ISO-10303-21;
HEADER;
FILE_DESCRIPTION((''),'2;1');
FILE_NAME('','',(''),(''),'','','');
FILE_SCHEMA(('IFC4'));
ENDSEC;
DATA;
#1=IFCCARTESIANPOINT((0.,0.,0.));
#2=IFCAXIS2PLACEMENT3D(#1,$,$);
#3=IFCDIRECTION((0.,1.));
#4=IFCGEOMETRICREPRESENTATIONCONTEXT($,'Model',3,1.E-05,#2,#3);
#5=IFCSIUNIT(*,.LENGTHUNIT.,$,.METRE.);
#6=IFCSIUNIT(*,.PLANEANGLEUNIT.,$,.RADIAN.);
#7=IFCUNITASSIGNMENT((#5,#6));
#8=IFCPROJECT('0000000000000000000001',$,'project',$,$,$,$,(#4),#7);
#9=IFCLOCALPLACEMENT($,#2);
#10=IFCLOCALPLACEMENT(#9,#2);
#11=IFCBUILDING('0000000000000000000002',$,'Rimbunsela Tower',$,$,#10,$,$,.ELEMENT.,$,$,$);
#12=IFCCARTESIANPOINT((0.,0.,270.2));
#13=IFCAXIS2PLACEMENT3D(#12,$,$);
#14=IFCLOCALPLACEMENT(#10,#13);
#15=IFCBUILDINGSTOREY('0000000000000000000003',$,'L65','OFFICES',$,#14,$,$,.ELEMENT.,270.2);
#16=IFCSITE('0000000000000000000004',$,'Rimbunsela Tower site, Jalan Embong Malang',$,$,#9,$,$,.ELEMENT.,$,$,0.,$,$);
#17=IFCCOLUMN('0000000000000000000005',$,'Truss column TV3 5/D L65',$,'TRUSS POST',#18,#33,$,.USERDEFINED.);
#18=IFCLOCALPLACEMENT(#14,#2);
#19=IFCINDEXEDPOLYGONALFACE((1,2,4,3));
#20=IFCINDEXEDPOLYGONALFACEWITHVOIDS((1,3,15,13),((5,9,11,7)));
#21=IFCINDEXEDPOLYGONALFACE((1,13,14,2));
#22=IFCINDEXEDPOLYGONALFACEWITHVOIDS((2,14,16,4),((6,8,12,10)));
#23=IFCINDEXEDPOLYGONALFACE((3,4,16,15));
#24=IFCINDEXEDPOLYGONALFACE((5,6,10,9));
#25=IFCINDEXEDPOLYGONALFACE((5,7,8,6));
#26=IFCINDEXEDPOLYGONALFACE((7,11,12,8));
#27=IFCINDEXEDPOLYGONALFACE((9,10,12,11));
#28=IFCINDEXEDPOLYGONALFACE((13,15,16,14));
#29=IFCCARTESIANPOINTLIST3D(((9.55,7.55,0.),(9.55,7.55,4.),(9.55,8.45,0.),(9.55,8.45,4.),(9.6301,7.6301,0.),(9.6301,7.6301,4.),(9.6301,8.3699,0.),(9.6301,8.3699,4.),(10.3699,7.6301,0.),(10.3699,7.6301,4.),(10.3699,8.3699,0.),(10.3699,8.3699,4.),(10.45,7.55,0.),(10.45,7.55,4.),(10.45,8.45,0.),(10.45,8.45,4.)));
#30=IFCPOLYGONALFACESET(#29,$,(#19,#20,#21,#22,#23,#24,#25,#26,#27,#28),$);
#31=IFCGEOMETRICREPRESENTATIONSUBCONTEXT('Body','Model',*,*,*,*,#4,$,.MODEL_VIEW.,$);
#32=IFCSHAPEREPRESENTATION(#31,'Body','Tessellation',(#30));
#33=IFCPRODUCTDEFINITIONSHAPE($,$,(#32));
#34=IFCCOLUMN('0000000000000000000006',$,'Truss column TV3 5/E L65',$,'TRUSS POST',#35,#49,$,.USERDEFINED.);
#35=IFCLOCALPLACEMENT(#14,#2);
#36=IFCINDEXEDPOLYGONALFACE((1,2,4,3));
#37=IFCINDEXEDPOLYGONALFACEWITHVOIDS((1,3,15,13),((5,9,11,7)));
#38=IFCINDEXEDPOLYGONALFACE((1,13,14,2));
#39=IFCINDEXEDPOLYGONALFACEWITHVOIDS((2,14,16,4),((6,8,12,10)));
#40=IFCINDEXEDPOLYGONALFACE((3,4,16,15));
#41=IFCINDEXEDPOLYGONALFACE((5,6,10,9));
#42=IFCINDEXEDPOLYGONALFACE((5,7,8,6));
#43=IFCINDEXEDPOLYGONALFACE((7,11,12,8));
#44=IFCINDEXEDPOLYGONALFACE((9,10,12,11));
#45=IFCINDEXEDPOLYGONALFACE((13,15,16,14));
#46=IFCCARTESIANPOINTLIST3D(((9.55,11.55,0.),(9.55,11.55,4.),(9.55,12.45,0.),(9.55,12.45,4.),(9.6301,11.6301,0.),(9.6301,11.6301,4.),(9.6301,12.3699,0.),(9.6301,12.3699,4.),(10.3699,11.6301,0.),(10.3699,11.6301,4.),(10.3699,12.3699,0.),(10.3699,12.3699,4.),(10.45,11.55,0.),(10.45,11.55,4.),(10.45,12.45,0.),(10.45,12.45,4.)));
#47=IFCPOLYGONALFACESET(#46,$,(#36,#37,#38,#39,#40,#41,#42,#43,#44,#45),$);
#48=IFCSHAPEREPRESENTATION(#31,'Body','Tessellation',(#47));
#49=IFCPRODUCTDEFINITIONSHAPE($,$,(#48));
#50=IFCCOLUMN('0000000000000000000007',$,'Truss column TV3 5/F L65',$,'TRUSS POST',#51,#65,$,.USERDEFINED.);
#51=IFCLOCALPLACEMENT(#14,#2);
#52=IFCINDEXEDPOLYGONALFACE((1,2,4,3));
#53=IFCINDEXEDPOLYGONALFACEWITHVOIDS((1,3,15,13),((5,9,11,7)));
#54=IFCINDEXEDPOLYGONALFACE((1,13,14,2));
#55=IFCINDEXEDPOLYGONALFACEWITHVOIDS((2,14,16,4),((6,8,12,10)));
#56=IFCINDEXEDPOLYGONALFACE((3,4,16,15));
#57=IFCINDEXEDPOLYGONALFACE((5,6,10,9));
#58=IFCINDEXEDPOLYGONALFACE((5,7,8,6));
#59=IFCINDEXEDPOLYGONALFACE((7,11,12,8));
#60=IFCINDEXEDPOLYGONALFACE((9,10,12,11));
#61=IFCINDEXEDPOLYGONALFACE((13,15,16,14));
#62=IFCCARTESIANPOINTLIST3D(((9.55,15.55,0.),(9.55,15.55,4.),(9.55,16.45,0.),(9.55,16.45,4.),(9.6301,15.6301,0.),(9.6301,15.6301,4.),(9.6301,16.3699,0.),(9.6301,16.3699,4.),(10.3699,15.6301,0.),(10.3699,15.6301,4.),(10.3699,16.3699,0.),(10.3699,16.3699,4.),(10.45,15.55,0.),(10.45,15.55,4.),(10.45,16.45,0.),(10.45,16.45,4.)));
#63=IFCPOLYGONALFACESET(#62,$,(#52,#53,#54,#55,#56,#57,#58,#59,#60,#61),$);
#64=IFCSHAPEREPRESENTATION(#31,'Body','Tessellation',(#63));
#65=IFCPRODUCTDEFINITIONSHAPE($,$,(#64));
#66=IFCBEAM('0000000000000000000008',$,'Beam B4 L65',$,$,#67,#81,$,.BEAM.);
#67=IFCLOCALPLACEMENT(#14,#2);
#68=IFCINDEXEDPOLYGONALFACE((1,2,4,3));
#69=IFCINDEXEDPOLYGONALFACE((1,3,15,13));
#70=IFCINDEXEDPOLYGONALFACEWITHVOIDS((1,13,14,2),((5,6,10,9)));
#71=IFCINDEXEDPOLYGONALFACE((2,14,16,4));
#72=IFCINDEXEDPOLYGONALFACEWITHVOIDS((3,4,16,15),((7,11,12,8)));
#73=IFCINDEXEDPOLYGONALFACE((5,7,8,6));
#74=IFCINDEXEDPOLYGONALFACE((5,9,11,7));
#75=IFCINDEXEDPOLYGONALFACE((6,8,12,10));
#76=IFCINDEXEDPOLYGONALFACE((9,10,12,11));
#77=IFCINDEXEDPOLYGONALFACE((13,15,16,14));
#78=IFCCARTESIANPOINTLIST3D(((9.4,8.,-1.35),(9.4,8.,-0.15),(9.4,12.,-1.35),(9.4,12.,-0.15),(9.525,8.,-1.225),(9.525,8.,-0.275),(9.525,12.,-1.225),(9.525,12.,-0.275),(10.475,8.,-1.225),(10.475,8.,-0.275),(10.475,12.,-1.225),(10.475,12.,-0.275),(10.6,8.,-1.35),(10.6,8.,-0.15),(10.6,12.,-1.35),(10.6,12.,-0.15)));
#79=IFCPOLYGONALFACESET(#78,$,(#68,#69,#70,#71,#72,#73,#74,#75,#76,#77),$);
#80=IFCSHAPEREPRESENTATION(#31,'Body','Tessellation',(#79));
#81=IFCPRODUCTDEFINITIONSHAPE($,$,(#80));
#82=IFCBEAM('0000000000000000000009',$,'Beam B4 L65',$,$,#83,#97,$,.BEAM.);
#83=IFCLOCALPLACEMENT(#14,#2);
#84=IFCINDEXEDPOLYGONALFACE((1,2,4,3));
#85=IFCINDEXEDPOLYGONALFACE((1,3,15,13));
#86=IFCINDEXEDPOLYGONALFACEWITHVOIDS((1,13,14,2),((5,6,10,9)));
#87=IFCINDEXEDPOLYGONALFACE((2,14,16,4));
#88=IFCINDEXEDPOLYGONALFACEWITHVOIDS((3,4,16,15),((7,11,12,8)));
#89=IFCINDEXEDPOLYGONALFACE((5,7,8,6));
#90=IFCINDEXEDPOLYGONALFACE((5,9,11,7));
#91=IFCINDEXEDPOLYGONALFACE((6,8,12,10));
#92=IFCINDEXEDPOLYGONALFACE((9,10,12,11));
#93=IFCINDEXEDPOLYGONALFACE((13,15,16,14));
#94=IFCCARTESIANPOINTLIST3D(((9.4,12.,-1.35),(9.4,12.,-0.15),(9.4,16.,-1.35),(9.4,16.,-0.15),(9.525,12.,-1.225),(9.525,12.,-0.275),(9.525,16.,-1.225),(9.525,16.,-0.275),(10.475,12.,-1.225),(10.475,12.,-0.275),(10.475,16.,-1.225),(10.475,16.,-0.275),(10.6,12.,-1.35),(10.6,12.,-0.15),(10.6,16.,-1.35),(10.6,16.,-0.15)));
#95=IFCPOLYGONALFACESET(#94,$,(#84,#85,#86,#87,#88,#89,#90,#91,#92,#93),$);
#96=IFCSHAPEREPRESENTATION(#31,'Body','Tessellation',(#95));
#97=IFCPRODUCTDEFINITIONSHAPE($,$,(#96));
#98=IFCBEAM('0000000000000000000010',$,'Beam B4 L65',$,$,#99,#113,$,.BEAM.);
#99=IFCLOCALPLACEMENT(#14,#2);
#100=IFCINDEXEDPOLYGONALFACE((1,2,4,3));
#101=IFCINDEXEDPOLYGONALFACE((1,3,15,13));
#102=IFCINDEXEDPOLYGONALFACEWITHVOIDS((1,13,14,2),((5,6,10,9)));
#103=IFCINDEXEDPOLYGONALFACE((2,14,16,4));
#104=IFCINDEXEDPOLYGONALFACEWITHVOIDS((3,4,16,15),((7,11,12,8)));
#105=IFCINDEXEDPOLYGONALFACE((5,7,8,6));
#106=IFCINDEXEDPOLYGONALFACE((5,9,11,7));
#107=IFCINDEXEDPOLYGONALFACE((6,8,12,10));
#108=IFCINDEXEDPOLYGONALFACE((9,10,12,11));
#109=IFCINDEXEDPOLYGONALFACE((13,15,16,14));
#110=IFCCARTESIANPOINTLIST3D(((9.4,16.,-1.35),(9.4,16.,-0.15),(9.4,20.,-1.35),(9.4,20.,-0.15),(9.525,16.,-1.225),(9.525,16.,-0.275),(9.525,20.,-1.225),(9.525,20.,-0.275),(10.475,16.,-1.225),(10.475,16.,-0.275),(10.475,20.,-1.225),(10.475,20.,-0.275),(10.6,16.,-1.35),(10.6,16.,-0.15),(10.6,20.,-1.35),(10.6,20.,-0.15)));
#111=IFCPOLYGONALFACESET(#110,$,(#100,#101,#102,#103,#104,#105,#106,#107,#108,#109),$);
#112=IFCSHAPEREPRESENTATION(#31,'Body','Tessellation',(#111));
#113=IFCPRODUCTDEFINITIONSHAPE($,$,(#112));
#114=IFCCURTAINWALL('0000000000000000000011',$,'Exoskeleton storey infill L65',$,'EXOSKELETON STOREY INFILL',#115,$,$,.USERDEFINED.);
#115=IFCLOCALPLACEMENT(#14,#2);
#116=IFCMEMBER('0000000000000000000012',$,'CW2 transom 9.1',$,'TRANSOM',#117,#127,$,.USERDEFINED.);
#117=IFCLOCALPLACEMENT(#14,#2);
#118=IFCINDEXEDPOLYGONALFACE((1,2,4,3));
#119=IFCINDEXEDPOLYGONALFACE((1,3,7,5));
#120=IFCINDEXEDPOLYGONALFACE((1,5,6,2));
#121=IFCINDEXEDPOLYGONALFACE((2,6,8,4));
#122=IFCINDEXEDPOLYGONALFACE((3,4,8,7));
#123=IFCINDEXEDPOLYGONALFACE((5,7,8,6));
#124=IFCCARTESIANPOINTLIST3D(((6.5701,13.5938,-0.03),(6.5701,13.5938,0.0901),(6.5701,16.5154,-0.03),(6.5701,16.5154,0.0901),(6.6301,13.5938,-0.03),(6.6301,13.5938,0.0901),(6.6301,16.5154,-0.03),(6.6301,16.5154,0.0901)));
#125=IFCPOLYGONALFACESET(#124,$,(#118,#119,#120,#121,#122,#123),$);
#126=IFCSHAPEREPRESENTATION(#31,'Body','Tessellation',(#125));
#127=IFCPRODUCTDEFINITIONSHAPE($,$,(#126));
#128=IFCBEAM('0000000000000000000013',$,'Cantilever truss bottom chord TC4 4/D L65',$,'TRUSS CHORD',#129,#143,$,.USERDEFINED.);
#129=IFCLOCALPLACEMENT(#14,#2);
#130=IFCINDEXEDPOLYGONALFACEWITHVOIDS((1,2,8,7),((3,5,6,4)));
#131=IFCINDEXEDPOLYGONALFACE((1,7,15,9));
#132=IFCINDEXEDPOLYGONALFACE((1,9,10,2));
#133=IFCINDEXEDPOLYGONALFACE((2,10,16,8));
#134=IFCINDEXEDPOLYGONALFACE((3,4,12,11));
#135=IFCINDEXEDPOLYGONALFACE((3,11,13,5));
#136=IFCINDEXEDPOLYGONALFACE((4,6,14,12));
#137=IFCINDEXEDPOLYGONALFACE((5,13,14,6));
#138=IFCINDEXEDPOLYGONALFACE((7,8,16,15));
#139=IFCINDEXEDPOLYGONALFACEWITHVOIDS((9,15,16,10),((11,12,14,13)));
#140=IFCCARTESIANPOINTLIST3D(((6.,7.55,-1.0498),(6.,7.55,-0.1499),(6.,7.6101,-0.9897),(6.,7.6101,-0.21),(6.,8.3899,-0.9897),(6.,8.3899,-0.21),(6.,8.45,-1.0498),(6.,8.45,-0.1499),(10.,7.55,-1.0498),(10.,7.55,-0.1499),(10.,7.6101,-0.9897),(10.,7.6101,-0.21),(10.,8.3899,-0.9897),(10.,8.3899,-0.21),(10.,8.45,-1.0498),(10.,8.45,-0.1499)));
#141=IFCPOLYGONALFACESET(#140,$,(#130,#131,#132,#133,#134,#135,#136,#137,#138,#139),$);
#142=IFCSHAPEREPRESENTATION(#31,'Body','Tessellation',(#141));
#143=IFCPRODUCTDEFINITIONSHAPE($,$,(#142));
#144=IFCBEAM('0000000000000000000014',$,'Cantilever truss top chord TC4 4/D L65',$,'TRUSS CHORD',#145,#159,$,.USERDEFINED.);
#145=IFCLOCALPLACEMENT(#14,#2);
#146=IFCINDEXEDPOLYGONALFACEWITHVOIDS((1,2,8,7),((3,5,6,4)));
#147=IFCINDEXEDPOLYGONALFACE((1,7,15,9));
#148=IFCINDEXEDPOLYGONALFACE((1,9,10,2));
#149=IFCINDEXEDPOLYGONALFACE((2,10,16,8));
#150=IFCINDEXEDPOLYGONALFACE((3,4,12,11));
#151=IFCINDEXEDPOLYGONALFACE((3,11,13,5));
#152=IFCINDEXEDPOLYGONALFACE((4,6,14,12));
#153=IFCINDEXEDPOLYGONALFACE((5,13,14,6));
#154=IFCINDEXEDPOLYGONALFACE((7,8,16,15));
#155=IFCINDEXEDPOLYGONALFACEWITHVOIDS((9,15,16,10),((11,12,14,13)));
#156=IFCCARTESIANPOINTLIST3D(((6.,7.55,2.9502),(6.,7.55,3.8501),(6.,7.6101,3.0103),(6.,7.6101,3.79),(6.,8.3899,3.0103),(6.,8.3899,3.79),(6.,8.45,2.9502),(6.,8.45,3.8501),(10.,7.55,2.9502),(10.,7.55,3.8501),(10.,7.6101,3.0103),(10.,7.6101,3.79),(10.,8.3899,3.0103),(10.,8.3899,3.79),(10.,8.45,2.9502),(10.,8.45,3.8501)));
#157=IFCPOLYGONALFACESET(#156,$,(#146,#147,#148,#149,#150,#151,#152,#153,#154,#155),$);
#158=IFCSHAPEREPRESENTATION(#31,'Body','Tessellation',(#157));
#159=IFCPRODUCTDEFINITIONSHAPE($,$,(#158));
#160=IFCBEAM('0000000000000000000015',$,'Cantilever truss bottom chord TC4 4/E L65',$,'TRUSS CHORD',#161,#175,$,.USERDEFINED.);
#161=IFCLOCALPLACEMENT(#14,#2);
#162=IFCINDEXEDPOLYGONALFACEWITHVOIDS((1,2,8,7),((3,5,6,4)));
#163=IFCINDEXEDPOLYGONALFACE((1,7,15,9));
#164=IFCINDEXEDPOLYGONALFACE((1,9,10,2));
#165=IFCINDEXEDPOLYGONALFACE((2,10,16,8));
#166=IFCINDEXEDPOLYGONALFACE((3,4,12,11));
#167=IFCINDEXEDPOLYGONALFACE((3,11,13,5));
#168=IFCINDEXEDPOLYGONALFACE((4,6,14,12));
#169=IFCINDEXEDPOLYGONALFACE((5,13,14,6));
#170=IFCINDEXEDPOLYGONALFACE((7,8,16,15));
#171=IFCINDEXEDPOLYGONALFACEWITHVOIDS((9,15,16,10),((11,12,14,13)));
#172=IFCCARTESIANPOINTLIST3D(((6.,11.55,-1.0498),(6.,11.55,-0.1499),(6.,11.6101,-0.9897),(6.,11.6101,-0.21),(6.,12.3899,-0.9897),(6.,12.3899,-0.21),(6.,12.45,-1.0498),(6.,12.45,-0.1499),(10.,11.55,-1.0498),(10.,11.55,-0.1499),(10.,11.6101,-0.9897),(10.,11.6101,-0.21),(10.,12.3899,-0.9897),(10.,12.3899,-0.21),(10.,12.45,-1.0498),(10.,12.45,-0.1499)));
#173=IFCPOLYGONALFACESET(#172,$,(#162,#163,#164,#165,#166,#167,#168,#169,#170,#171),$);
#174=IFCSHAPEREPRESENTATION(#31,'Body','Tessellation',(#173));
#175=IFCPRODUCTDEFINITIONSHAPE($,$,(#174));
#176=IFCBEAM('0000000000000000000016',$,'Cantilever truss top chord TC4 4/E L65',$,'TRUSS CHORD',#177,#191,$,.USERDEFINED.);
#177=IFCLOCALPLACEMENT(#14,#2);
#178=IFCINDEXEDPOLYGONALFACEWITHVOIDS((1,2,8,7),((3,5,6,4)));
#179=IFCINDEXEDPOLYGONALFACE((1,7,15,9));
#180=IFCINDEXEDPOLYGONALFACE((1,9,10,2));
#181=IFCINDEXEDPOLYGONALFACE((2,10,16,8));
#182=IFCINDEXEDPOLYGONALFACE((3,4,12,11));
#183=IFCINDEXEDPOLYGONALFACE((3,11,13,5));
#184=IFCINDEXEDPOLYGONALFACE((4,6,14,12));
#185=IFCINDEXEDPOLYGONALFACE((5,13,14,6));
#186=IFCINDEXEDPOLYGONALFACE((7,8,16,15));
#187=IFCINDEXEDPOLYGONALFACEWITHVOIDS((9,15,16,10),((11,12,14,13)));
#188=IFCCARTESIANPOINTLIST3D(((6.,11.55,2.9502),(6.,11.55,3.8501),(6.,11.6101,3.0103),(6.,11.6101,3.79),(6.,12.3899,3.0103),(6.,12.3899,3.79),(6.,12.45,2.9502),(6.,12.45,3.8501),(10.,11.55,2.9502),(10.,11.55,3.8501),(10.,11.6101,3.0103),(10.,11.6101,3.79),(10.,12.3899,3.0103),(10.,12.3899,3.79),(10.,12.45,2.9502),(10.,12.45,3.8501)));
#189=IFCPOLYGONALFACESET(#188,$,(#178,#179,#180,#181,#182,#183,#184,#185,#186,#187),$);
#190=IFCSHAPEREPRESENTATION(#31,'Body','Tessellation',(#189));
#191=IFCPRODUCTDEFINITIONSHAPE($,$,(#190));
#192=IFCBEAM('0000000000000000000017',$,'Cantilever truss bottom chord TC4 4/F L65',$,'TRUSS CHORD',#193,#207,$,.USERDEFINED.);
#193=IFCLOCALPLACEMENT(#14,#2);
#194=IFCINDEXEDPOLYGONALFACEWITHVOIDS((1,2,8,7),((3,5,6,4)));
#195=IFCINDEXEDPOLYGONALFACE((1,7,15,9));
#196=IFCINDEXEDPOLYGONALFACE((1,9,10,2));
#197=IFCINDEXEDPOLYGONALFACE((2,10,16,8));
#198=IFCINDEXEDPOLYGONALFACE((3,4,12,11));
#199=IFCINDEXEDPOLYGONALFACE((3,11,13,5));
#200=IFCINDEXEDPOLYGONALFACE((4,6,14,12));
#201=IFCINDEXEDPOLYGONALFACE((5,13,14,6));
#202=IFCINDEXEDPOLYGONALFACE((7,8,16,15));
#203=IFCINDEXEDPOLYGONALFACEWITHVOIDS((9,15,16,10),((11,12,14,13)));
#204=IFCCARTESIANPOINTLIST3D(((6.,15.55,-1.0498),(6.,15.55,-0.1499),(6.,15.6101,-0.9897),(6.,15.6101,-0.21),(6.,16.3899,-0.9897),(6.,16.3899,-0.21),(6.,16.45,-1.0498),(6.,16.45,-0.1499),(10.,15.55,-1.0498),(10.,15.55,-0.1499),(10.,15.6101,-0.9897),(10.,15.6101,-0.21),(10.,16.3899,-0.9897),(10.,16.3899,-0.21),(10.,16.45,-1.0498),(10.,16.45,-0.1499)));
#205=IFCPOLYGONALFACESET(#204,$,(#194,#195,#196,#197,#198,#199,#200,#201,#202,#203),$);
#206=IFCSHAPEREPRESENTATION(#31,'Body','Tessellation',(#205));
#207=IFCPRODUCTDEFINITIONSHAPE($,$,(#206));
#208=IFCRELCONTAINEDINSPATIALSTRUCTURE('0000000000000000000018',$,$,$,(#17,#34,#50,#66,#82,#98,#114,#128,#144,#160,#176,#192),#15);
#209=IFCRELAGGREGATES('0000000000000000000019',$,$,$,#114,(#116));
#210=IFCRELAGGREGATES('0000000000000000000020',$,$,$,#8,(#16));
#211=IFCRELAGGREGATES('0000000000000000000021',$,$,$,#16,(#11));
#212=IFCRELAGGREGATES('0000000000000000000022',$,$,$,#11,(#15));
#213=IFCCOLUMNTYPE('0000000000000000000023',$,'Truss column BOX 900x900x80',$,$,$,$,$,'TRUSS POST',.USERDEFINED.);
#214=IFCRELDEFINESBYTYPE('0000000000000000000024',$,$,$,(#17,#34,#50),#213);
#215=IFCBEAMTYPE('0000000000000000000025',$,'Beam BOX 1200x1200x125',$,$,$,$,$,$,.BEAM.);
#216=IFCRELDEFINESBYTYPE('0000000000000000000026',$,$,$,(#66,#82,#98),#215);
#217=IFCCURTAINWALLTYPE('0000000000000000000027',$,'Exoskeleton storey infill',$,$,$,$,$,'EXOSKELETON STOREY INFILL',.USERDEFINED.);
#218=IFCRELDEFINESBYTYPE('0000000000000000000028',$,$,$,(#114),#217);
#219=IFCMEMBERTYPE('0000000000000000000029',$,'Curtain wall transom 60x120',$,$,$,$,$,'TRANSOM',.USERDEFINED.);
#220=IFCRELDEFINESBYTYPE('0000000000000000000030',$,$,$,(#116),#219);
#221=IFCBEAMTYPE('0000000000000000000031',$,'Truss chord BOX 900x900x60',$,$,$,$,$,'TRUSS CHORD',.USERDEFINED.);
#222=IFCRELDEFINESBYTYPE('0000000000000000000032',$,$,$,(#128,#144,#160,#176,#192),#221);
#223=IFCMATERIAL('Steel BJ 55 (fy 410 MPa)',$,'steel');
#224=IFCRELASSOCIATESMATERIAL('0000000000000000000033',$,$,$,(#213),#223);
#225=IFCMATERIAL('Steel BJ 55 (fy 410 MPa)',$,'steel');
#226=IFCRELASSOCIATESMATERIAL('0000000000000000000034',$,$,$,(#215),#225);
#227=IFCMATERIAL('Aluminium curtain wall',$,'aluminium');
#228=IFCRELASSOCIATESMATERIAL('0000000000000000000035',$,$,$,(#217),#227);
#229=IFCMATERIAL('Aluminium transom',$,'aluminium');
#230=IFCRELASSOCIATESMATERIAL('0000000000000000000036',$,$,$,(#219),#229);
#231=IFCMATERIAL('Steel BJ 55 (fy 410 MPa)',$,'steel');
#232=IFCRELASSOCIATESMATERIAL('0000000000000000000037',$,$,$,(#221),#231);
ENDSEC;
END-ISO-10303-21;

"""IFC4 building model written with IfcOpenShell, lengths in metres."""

from ifc_helpers import new_model, si_unit, direction, frame, origin, origin_2d, place, context, subcontext, project, spatial, rectangle, hollow_rectangle, extrude, material, material_profile, profile_set, type_object, element, aggregate, save


model = new_model("IFC4")

# Units and contexts
model_context = context("Model", 3, precision=1e-05, world=origin(), true_north=direction((0.0, 1.0)))
body_context = subcontext(model_context, "Body", "Model", "MODEL_VIEW")
ifc_project = project(units=[si_unit("LENGTHUNIT", "METRE"), si_unit("PLANEANGLEUNIT", "RADIAN")], contexts=[model_context])

# Site, building, storey
site_placement = place(None, origin())
site = spatial("IfcSite", under=ifc_project, at=site_placement, Name="Rimbunsela Tower site, Jalan Embong Malang", CompositionType="ELEMENT", RefElevation=0.0)
building_placement = place(site_placement, origin())
building = spatial("IfcBuilding", under=site, at=building_placement, Name="Rimbunsela Tower", CompositionType="ELEMENT")
storey_placement = place(building_placement, frame((0.0, 0.0, 270.2)))
storey = spatial("IfcBuildingStorey", under=building, at=storey_placement, Name="L65", Description="OFFICES", CompositionType="ELEMENT", Elevation=270.2)

# Columns
ifc_material_1 = material(Name="Steel BJ 55 (fy 410 MPa)", Category="steel")
ifc_material_profile_1 = material_profile(ifc_material_1, hollow_rectangle(XDim=0.8999, YDim=0.8999, WallThickness=0.0801, at=origin_2d()), Name="BOX 900x900x80")
ifc_profile_set_1 = profile_set([ifc_material_profile_1], Name="Steel BJ 55 (fy 410 MPa)")
column_type = type_object("IfcColumnType", Name="Truss column BOX 900x900x80", ElementType="TRUSS POST", PredefinedType="USERDEFINED", material=ifc_profile_set_1)
for number, where, z_axis, x_axis, name in (
    (1, (10.0, 8.0, 0.0), (0.0, 0.0, 1.0), (1.0, 0.0, 0.0), "Truss column TV3 5/D L65"),
    (2, (10.0, 12.0, 0.0), (0.0, 0.0, 1.0), (1.0, 0.0, 0.0), "Truss column TV3 5/E L65"),
    (3, (10.0, 16.0, 0.0), (0.0, 0.0, 1.0), (1.0, 0.0, 0.0), "Truss column TV3 5/F L65"),
):
    element("IfcColumn", number, at=place(storey_placement, frame(where, z_axis=z_axis, x_axis=x_axis)), inside=storey, type_object=column_type, Name=name, ObjectType="TRUSS POST", PredefinedType="USERDEFINED", context=body_context, shape_type="SweptSolid", body=[
        extrude(hollow_rectangle(XDim=0.8999, YDim=0.8999, WallThickness=0.0801, at=origin_2d()), origin(), (0.0, 0.0, 1.0), 4.0),
    ])

# Beams
ifc_material_2 = material(Name="Steel BJ 55 (fy 410 MPa)", Category="steel")
ifc_material_profile_2 = material_profile(ifc_material_2, hollow_rectangle(XDim=1.2, YDim=1.2, WallThickness=0.125, at=origin_2d()), Name="BOX 1200x1200x125")
ifc_profile_set_2 = profile_set([ifc_material_profile_2], Name="Steel BJ 55 (fy 410 MPa)")
beam_type_1 = type_object("IfcBeamType", Name="Beam BOX 1200x1200x125", PredefinedType="BEAM", material=ifc_profile_set_2)
for number, where, z_axis, x_axis, name in (
    (4, (10.0, 8.0, -0.75), (0.0, 1.0, 0.0), (-1.0, 0.0, 0.0), "Beam B4 L65"),
    (5, (10.0, 12.0, -0.75), (0.0, 1.0, 0.0), (-1.0, 0.0, 0.0), "Beam B4 L65"),
    (6, (10.0, 16.0, -0.75), (0.0, 1.0, 0.0), (-1.0, 0.0, 0.0), "Beam B4 L65"),
):
    element("IfcBeam", number, at=place(storey_placement, frame(where, z_axis=z_axis, x_axis=x_axis)), inside=storey, type_object=beam_type_1, Name=name, PredefinedType="BEAM", context=body_context, shape_type="SweptSolid", body=[
        extrude(hollow_rectangle(XDim=1.2, YDim=1.2, WallThickness=0.125, at=origin_2d()), origin(), (0.0, 0.0, 1.0), 4.0),
    ])

# Curtain wall, member
ifc_material_3 = material(Name="Aluminium curtain wall", Category="aluminium")
curtain_wall_type = type_object("IfcCurtainWallType", Name="Exoskeleton storey infill", ElementType="EXOSKELETON STOREY INFILL", PredefinedType="USERDEFINED", material=ifc_material_3)
curtain_wall_placement = place(storey_placement, origin())
curtain_wall = element("IfcCurtainWall", 7, at=curtain_wall_placement, inside=storey, type_object=curtain_wall_type, Name="Exoskeleton storey infill L65", ObjectType="EXOSKELETON STOREY INFILL", PredefinedType="USERDEFINED")
ifc_material_4 = material(Name="Aluminium transom", Category="aluminium")
ifc_material_profile_3 = material_profile(ifc_material_4, rectangle(XDim=0.0601, YDim=0.1201, at=origin_2d()), Name="Transom 60x120")
ifc_profile_set_3 = profile_set([ifc_material_profile_3], Name="Aluminium transom")
member_type_1 = type_object("IfcMemberType", Name="Curtain wall transom 60x120", ElementType="TRANSOM", PredefinedType="USERDEFINED", material=ifc_profile_set_3)
member_placement = place(storey_placement, frame((6.6001, 16.5154, 0.03), z_axis=(0.0, -1.0, 0.0), x_axis=(1.0, 0.0, 0.0)))
member = element("IfcMember", 8, at=member_placement, type_object=member_type_1, Name="CW2 transom 9.1", ObjectType="TRANSOM", PredefinedType="USERDEFINED", context=body_context, shape_type="SweptSolid", body=[
    extrude(rectangle(XDim=0.0601, YDim=0.1201, at=origin_2d()), origin(), (0.0, 0.0, 1.0), 2.9216),
])
aggregate(curtain_wall, [member])

# Beams
ifc_material_5 = material(Name="Steel BJ 55 (fy 410 MPa)", Category="steel")
ifc_material_profile_4 = material_profile(ifc_material_5, hollow_rectangle(XDim=0.8999, YDim=0.8999, WallThickness=0.0601, at=origin_2d()), Name="BOX 900x900x60")
ifc_profile_set_4 = profile_set([ifc_material_profile_4], Name="Steel BJ 55 (fy 410 MPa)")
beam_type_2 = type_object("IfcBeamType", Name="Truss chord BOX 900x900x60", ElementType="TRUSS CHORD", PredefinedType="USERDEFINED", material=ifc_profile_set_4)
for number, where, z_axis, x_axis, name in (
    (9, (10.0, 8.0, -0.5999), (-1.0, 0.0, 0.0), (0.0, -1.0, 0.0), "Cantilever truss bottom chord TC4 4/D L65"),
    (10, (10.0, 8.0, 3.4001), (-1.0, 0.0, 0.0), (0.0, -1.0, 0.0), "Cantilever truss top chord TC4 4/D L65"),
    (11, (10.0, 12.0, -0.5999), (-1.0, 0.0, 0.0), (0.0, -1.0, 0.0), "Cantilever truss bottom chord TC4 4/E L65"),
    (12, (10.0, 12.0, 3.4001), (-1.0, 0.0, 0.0), (0.0, -1.0, 0.0), "Cantilever truss top chord TC4 4/E L65"),
    (13, (10.0, 16.0, -0.5999), (-1.0, 0.0, 0.0), (0.0, -1.0, 0.0), "Cantilever truss bottom chord TC4 4/F L65"),
):
    element("IfcBeam", number, at=place(storey_placement, frame(where, z_axis=z_axis, x_axis=x_axis)), inside=storey, type_object=beam_type_2, Name=name, ObjectType="TRUSS CHORD", PredefinedType="USERDEFINED", context=body_context, shape_type="SweptSolid", body=[
        extrude(hollow_rectangle(XDim=0.8999, YDim=0.8999, WallThickness=0.0601, at=origin_2d()), origin(), (0.0, 0.0, 1.0), 4.0),
    ])

save(model, "model.ifc")
